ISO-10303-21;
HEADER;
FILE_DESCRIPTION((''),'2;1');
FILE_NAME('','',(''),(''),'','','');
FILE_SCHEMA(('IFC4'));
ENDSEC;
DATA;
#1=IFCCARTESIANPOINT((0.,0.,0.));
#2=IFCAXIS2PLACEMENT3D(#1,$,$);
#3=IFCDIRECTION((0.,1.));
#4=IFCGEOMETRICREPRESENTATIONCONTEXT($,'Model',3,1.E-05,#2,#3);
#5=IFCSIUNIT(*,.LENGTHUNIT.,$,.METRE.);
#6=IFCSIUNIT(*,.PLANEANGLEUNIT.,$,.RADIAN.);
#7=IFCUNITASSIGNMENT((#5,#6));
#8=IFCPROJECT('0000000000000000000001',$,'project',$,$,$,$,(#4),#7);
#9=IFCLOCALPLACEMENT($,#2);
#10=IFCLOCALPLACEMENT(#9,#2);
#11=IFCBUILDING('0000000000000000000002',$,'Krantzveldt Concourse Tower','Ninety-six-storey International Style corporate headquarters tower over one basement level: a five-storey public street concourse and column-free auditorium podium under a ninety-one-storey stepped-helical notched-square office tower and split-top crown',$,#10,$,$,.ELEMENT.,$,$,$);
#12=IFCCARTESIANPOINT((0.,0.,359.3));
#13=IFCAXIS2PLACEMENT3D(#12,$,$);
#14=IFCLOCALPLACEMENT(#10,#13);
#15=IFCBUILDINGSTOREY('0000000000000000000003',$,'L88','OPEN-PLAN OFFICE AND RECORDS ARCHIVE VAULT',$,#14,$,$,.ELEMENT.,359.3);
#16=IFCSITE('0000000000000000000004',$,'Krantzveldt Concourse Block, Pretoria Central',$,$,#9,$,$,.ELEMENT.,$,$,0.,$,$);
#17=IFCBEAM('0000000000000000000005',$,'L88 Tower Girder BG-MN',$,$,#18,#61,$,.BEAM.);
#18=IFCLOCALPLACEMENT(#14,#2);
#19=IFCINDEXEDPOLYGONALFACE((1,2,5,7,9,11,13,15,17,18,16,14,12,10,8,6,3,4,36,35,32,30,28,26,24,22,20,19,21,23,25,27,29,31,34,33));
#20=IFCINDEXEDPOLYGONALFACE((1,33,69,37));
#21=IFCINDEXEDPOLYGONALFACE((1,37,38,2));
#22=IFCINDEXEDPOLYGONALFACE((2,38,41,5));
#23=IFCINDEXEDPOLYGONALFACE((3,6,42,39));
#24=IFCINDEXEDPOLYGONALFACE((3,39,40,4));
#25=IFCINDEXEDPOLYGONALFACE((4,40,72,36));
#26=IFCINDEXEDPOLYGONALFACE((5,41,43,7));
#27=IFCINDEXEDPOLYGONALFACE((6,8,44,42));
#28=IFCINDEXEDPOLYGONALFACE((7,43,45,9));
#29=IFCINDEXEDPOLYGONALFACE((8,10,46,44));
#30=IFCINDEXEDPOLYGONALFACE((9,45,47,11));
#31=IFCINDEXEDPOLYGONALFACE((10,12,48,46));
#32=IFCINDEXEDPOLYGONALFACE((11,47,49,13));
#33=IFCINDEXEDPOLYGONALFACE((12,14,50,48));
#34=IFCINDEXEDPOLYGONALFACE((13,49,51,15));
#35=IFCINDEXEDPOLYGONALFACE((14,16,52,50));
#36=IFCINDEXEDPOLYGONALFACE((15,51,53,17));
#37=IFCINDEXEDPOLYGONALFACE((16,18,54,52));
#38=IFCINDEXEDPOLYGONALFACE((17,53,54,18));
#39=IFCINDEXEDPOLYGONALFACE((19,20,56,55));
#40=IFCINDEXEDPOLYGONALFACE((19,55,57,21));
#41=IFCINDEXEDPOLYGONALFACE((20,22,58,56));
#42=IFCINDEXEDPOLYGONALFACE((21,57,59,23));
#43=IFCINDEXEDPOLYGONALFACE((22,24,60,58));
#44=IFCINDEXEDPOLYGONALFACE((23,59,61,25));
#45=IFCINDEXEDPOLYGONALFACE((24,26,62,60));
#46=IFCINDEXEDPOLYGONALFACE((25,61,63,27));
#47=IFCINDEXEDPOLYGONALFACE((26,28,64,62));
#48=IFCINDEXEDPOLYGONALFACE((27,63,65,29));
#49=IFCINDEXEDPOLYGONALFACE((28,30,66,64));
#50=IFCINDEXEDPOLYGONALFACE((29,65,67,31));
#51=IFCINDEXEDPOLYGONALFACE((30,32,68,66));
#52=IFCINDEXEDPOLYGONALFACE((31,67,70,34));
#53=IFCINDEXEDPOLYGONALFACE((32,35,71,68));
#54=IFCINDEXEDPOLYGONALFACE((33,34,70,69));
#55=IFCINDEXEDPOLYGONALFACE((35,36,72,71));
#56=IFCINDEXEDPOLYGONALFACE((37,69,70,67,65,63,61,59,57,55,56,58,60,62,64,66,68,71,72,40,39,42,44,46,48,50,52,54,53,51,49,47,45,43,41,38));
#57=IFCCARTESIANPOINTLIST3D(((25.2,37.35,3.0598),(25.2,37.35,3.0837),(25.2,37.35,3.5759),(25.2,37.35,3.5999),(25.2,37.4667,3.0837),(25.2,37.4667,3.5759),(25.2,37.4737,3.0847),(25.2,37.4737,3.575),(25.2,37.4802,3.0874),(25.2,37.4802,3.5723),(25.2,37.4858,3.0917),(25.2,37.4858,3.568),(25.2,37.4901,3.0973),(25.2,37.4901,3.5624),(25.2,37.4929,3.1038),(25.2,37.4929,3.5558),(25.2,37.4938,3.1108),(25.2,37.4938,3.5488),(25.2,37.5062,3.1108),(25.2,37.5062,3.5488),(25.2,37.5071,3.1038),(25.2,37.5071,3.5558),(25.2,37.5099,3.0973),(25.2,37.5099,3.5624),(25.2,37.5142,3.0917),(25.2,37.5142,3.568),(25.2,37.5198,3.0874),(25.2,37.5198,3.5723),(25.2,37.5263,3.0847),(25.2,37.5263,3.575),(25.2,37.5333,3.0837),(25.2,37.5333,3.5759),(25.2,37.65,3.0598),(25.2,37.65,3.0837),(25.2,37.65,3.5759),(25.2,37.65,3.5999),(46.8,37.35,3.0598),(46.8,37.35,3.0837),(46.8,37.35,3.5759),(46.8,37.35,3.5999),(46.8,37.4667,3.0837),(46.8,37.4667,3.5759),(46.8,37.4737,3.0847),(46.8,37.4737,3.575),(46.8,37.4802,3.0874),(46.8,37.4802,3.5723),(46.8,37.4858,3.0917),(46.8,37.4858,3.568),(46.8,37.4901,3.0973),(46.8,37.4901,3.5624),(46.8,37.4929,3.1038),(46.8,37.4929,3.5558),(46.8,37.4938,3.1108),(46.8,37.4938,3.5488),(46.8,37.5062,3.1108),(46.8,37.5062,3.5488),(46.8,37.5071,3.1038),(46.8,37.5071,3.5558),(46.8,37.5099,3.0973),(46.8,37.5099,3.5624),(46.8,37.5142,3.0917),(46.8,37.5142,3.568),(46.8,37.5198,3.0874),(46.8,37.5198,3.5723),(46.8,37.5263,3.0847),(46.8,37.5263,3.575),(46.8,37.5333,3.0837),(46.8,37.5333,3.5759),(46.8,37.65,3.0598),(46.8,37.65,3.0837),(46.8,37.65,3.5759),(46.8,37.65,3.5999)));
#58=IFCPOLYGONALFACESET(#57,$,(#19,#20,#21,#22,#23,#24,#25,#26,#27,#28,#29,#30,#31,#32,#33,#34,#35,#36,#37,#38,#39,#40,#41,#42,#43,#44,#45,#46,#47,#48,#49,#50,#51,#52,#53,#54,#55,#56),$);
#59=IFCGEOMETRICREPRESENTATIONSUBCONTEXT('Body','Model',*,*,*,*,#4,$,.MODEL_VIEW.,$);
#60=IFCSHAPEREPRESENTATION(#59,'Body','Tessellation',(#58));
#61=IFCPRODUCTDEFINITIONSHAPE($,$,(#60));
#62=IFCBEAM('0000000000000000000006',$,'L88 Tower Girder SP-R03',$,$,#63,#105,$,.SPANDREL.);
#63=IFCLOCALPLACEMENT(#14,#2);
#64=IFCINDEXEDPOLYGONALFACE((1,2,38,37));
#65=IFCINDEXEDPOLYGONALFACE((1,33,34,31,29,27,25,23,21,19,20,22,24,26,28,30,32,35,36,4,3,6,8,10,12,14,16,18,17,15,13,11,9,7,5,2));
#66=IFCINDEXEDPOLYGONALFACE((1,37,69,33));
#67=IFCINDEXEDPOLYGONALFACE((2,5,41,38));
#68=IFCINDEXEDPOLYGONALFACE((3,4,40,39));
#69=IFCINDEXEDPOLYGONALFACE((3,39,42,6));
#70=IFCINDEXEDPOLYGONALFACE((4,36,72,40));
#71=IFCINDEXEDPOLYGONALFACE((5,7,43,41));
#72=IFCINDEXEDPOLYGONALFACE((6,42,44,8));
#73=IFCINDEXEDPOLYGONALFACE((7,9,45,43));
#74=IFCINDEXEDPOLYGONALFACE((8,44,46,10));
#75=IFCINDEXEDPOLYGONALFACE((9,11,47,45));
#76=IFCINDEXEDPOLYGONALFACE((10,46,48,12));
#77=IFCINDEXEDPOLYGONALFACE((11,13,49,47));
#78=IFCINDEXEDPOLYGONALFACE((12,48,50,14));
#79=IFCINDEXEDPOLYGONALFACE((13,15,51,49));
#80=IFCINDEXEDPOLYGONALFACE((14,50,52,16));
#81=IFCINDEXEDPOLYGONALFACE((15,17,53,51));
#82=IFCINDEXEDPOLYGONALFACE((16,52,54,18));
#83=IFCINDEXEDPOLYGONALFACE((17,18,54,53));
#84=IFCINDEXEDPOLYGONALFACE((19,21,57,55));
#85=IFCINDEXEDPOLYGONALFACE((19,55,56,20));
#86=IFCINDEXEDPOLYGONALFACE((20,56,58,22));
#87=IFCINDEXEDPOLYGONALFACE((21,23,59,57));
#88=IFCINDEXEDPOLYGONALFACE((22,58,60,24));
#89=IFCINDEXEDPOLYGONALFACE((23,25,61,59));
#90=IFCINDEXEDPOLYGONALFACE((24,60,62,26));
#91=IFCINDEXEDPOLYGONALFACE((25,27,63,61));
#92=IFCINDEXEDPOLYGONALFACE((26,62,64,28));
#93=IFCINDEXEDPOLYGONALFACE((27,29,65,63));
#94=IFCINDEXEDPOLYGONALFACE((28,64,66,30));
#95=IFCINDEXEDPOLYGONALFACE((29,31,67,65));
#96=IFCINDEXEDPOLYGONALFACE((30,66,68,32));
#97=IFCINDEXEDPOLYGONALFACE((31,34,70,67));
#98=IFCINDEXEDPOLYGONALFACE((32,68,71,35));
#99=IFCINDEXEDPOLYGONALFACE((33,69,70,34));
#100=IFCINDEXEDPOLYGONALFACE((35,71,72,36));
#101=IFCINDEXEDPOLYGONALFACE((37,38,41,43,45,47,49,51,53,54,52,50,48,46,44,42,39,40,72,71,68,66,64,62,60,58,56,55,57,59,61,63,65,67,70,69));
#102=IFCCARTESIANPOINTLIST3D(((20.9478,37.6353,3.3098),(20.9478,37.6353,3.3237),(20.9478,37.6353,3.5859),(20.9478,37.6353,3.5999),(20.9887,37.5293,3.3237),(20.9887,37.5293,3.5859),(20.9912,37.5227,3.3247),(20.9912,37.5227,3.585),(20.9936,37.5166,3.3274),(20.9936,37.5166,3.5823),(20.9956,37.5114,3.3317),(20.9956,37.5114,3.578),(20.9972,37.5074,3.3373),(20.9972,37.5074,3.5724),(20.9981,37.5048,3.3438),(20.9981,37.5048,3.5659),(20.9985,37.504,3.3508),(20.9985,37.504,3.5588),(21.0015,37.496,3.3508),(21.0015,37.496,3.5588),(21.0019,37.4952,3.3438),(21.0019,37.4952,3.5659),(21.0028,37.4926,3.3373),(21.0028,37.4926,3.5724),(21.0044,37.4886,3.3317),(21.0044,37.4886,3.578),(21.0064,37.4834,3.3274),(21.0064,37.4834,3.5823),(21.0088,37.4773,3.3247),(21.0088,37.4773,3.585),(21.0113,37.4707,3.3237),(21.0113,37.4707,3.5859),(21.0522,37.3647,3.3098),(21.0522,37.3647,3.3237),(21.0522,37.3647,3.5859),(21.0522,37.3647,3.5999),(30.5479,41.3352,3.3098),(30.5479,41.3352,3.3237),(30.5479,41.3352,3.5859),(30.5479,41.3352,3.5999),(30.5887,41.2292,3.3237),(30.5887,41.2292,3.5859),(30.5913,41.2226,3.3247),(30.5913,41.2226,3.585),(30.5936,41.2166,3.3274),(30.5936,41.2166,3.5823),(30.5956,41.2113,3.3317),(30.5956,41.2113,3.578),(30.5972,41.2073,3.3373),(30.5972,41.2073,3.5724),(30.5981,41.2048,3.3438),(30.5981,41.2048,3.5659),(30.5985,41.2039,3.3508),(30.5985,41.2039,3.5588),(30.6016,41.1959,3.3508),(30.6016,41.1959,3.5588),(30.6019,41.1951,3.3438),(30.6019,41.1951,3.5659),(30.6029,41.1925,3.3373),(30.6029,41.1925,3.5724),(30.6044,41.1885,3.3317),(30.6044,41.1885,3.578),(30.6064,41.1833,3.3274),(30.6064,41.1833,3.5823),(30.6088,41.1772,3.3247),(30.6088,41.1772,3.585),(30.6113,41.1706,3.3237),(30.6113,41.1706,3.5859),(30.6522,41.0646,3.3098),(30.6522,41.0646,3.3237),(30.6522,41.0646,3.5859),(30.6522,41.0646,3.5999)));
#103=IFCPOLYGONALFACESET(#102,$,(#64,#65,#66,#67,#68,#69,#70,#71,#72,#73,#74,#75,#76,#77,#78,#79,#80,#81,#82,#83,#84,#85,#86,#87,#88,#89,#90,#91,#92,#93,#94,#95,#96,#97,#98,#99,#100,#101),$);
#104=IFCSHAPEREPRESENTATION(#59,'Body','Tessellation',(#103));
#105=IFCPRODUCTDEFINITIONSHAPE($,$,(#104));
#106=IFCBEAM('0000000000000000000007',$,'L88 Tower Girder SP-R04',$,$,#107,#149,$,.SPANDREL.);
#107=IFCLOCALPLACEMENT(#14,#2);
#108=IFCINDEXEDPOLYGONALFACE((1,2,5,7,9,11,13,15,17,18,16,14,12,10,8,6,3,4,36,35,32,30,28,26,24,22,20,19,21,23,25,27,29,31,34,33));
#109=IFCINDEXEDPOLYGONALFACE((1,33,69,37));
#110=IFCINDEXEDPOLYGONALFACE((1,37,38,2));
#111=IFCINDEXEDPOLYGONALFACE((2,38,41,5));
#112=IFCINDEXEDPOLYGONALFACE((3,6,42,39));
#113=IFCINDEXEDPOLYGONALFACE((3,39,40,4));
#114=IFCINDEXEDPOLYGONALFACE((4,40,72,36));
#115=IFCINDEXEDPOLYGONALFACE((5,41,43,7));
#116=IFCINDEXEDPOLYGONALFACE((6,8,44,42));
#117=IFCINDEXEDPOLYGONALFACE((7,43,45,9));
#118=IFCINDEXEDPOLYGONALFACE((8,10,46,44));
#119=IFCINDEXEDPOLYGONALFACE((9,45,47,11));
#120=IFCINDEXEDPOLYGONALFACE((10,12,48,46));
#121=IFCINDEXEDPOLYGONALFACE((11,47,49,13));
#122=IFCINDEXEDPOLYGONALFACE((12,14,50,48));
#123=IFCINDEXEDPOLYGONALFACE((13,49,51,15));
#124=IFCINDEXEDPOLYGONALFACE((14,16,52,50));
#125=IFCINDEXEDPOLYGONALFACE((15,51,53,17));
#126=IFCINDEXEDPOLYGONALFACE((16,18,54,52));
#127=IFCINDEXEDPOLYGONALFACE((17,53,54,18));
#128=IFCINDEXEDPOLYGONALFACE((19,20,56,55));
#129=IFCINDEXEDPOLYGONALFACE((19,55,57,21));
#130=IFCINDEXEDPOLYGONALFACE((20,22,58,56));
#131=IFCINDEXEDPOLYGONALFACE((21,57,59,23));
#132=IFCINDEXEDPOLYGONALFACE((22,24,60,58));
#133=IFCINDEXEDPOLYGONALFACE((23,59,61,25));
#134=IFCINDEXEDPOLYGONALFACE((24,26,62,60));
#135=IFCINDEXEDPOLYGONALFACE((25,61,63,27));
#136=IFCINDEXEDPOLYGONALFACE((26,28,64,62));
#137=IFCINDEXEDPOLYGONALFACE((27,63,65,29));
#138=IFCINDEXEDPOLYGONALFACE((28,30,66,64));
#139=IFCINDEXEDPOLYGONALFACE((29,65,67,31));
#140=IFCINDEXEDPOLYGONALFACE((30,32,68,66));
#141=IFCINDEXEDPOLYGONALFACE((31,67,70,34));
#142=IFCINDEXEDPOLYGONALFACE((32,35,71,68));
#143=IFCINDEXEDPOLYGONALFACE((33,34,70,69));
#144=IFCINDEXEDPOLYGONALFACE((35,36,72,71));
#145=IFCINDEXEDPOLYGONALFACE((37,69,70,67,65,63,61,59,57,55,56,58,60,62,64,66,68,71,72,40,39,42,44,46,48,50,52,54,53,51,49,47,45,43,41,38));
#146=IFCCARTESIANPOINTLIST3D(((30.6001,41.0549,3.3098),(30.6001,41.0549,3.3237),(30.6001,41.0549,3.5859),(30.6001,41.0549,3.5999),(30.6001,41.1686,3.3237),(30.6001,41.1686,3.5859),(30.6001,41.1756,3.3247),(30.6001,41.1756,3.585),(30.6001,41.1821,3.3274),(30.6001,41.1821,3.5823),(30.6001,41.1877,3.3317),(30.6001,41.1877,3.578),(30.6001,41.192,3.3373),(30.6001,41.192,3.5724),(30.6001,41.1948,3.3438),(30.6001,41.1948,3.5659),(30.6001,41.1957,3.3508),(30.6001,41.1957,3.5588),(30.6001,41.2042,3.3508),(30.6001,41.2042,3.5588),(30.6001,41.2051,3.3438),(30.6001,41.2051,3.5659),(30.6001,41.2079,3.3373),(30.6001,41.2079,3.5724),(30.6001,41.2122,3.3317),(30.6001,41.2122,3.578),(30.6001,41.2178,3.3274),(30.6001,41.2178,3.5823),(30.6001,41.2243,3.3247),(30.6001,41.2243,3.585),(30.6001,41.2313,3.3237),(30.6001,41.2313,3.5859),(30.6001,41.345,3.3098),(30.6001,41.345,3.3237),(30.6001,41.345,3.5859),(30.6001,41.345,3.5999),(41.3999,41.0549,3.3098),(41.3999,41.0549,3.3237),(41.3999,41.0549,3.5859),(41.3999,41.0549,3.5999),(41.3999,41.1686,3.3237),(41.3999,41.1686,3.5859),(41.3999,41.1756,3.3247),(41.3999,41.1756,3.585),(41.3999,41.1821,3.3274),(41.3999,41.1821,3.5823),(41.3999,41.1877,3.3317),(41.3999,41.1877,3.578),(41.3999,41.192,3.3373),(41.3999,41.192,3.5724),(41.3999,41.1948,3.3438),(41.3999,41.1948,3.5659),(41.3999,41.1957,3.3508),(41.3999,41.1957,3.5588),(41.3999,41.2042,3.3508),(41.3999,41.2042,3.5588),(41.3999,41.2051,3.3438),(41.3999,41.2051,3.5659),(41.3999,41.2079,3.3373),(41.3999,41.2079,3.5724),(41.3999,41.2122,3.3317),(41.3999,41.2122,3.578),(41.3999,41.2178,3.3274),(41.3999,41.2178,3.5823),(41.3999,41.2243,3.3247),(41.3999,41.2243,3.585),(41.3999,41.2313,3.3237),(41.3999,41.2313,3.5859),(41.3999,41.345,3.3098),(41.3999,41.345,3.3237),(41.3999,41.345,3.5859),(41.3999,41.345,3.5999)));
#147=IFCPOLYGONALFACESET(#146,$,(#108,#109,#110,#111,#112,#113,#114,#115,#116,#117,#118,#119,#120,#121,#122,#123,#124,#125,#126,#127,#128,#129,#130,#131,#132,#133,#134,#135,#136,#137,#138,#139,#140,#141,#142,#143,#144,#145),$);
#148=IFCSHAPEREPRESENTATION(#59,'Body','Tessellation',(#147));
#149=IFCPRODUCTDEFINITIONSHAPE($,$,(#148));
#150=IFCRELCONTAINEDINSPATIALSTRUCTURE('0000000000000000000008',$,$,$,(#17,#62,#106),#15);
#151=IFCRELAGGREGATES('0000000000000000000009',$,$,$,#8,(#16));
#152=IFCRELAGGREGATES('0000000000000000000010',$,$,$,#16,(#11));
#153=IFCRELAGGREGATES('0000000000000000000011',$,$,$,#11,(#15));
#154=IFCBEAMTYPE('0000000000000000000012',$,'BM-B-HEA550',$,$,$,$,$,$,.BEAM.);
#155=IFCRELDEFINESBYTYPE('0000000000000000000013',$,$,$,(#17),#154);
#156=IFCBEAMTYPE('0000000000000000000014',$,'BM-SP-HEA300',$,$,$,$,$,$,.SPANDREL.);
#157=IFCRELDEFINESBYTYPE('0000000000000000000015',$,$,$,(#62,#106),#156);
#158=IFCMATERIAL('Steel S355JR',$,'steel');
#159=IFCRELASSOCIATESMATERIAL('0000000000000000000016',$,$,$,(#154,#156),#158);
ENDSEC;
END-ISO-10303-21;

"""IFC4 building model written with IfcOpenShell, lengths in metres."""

from ifc_helpers import new_model, si_unit, direction, frame, origin, origin_2d, place, context, subcontext, project, spatial, i_section, extrude, source, transform, mapped, material, material_profile, profile_set, type_object, type_shapes, element, save


model = new_model("IFC4")

# Units and contexts
model_context = context("Model", 3, precision=1e-05, world=origin(), true_north=direction((0.0, 1.0)))
body_context = subcontext(model_context, "Body", "Model", "MODEL_VIEW")
ifc_project = project(units=[si_unit("LENGTHUNIT", "METRE"), si_unit("PLANEANGLEUNIT", "RADIAN")], contexts=[model_context])

# Site, building, storey
site_placement = place(None, origin())
site = spatial("IfcSite", under=ifc_project, at=site_placement, Name="Krantzveldt Concourse Block, Pretoria Central", CompositionType="ELEMENT", RefElevation=0.0)
building_placement = place(site_placement, origin())
building = spatial("IfcBuilding", under=site, at=building_placement, Name="Krantzveldt Concourse Tower", Description="Ninety-six-storey International Style corporate headquarters tower over one basement level: a five-storey public street concourse and column-free auditorium podium under a ninety-one-storey stepped-helical notched-square office tower and split-top crown", CompositionType="ELEMENT")
storey_placement = place(building_placement, frame((0.0, 0.0, 359.3)))
storey = spatial("IfcBuildingStorey", under=building, at=storey_placement, Name="L88", Description="OPEN-PLAN OFFICE AND RECORDS ARCHIVE VAULT", CompositionType="ELEMENT", Elevation=359.3)

# Beams
ifc_material_1 = material(Name="Steel S355JR", Category="steel")
ifc_material_profile_1 = material_profile(ifc_material_1, i_section(OverallWidth=0.3, OverallDepth=0.54, WebThickness=0.0125, FlangeThickness=0.0239, FilletRadius=0.0271, at=origin_2d()), Name="Steel S355JR", Category="steel")
ifc_profile_set_1 = profile_set([ifc_material_profile_1], Name="Steel S355JR - HEA 550")
beam_type_1 = type_object("IfcBeamType", Name="BM-B-HEA550", PredefinedType="BEAM", material=ifc_profile_set_1)
shared_shape_1 = source(origin(), body_context, "Body", "SweptSolid", [
    extrude(i_section(OverallWidth=0.3, OverallDepth=0.54, WebThickness=0.0125, FlangeThickness=0.0239, FilletRadius=0.0271, at=origin_2d()), origin(), (0.0, 0.0, 1.0), 21.6001),
])
type_shapes(beam_type_1, [shared_shape_1])
beam_1_placement = place(storey_placement, frame((25.2, 37.5, 3.3298), z_axis=(1.0, 0.0, 0.0), x_axis=(0.0, 1.0, 0.0)))
element("IfcBeam", 1, at=beam_1_placement, inside=storey, type_object=beam_type_1, Name="L88 Tower Girder BG-MN", PredefinedType="BEAM", context=body_context, shape_type="MappedRepresentation", body=[
    mapped(shared_shape_1, transform((0.0, 0.0, 0.0), x_axis=(1.0, 0.0, 0.0), y_axis=(0.0, 1.0, 0.0), z_axis=(0.0, 0.0, 1.0), scale=1.0)),
])
ifc_material_profile_2 = material_profile(ifc_material_1, i_section(OverallWidth=0.29, OverallDepth=0.29, WebThickness=0.0085, FlangeThickness=0.0139, FilletRadius=0.0271, at=origin_2d()), Name="Steel S355JR", Category="steel")
ifc_profile_set_2 = profile_set([ifc_material_profile_2], Name="Steel S355JR - HEA 300")
beam_type_2 = type_object("IfcBeamType", Name="BM-SP-HEA300", PredefinedType="SPANDREL", material=ifc_profile_set_2)
shared_shape_2 = source(origin(), body_context, "Body", "SweptSolid", [
    extrude(i_section(OverallWidth=0.29, OverallDepth=0.29, WebThickness=0.0085, FlangeThickness=0.0139, FilletRadius=0.0271, at=origin_2d()), origin(), (0.0, 0.0, 1.0), 10.2883),
])
beam_2_placement = place(storey_placement, frame((21.0, 37.5, 3.4548), z_axis=(0.933098, 0.359623, 0.0), x_axis=(-0.359623, 0.933098, 0.0)))
element("IfcBeam", 2, at=beam_2_placement, inside=storey, type_object=beam_type_2, Name="L88 Tower Girder SP-R03", PredefinedType="SPANDREL", context=body_context, shape_type="MappedRepresentation", body=[
    mapped(shared_shape_2, transform((0.0, 0.0, 0.0), x_axis=(1.0, 0.0, 0.0), y_axis=(0.0, 1.0, 0.0), z_axis=(0.0, 0.0, 1.0), scale=1.0)),
])
shared_shape_3 = source(origin(), body_context, "Body", "SweptSolid", [
    extrude(i_section(OverallWidth=0.29, OverallDepth=0.29, WebThickness=0.0085, FlangeThickness=0.0139, FilletRadius=0.0271, at=origin_2d()), origin(), (0.0, 0.0, 1.0), 10.7998),
])
type_shapes(beam_type_2, [shared_shape_2, shared_shape_3])
beam_3_placement = place(storey_placement, frame((30.6001, 41.2, 3.4548), z_axis=(1.0, 0.0, 0.0), x_axis=(0.0, 1.0, 0.0)))
element("IfcBeam", 3, at=beam_3_placement, inside=storey, type_object=beam_type_2, Name="L88 Tower Girder SP-R04", PredefinedType="SPANDREL", context=body_context, shape_type="MappedRepresentation", body=[
    mapped(shared_shape_3, transform((0.0, 0.0, 0.0), x_axis=(1.0, 0.0, 0.0), y_axis=(0.0, 1.0, 0.0), z_axis=(0.0, 0.0, 1.0), scale=1.0)),
])

save(model, "model.ifc")
